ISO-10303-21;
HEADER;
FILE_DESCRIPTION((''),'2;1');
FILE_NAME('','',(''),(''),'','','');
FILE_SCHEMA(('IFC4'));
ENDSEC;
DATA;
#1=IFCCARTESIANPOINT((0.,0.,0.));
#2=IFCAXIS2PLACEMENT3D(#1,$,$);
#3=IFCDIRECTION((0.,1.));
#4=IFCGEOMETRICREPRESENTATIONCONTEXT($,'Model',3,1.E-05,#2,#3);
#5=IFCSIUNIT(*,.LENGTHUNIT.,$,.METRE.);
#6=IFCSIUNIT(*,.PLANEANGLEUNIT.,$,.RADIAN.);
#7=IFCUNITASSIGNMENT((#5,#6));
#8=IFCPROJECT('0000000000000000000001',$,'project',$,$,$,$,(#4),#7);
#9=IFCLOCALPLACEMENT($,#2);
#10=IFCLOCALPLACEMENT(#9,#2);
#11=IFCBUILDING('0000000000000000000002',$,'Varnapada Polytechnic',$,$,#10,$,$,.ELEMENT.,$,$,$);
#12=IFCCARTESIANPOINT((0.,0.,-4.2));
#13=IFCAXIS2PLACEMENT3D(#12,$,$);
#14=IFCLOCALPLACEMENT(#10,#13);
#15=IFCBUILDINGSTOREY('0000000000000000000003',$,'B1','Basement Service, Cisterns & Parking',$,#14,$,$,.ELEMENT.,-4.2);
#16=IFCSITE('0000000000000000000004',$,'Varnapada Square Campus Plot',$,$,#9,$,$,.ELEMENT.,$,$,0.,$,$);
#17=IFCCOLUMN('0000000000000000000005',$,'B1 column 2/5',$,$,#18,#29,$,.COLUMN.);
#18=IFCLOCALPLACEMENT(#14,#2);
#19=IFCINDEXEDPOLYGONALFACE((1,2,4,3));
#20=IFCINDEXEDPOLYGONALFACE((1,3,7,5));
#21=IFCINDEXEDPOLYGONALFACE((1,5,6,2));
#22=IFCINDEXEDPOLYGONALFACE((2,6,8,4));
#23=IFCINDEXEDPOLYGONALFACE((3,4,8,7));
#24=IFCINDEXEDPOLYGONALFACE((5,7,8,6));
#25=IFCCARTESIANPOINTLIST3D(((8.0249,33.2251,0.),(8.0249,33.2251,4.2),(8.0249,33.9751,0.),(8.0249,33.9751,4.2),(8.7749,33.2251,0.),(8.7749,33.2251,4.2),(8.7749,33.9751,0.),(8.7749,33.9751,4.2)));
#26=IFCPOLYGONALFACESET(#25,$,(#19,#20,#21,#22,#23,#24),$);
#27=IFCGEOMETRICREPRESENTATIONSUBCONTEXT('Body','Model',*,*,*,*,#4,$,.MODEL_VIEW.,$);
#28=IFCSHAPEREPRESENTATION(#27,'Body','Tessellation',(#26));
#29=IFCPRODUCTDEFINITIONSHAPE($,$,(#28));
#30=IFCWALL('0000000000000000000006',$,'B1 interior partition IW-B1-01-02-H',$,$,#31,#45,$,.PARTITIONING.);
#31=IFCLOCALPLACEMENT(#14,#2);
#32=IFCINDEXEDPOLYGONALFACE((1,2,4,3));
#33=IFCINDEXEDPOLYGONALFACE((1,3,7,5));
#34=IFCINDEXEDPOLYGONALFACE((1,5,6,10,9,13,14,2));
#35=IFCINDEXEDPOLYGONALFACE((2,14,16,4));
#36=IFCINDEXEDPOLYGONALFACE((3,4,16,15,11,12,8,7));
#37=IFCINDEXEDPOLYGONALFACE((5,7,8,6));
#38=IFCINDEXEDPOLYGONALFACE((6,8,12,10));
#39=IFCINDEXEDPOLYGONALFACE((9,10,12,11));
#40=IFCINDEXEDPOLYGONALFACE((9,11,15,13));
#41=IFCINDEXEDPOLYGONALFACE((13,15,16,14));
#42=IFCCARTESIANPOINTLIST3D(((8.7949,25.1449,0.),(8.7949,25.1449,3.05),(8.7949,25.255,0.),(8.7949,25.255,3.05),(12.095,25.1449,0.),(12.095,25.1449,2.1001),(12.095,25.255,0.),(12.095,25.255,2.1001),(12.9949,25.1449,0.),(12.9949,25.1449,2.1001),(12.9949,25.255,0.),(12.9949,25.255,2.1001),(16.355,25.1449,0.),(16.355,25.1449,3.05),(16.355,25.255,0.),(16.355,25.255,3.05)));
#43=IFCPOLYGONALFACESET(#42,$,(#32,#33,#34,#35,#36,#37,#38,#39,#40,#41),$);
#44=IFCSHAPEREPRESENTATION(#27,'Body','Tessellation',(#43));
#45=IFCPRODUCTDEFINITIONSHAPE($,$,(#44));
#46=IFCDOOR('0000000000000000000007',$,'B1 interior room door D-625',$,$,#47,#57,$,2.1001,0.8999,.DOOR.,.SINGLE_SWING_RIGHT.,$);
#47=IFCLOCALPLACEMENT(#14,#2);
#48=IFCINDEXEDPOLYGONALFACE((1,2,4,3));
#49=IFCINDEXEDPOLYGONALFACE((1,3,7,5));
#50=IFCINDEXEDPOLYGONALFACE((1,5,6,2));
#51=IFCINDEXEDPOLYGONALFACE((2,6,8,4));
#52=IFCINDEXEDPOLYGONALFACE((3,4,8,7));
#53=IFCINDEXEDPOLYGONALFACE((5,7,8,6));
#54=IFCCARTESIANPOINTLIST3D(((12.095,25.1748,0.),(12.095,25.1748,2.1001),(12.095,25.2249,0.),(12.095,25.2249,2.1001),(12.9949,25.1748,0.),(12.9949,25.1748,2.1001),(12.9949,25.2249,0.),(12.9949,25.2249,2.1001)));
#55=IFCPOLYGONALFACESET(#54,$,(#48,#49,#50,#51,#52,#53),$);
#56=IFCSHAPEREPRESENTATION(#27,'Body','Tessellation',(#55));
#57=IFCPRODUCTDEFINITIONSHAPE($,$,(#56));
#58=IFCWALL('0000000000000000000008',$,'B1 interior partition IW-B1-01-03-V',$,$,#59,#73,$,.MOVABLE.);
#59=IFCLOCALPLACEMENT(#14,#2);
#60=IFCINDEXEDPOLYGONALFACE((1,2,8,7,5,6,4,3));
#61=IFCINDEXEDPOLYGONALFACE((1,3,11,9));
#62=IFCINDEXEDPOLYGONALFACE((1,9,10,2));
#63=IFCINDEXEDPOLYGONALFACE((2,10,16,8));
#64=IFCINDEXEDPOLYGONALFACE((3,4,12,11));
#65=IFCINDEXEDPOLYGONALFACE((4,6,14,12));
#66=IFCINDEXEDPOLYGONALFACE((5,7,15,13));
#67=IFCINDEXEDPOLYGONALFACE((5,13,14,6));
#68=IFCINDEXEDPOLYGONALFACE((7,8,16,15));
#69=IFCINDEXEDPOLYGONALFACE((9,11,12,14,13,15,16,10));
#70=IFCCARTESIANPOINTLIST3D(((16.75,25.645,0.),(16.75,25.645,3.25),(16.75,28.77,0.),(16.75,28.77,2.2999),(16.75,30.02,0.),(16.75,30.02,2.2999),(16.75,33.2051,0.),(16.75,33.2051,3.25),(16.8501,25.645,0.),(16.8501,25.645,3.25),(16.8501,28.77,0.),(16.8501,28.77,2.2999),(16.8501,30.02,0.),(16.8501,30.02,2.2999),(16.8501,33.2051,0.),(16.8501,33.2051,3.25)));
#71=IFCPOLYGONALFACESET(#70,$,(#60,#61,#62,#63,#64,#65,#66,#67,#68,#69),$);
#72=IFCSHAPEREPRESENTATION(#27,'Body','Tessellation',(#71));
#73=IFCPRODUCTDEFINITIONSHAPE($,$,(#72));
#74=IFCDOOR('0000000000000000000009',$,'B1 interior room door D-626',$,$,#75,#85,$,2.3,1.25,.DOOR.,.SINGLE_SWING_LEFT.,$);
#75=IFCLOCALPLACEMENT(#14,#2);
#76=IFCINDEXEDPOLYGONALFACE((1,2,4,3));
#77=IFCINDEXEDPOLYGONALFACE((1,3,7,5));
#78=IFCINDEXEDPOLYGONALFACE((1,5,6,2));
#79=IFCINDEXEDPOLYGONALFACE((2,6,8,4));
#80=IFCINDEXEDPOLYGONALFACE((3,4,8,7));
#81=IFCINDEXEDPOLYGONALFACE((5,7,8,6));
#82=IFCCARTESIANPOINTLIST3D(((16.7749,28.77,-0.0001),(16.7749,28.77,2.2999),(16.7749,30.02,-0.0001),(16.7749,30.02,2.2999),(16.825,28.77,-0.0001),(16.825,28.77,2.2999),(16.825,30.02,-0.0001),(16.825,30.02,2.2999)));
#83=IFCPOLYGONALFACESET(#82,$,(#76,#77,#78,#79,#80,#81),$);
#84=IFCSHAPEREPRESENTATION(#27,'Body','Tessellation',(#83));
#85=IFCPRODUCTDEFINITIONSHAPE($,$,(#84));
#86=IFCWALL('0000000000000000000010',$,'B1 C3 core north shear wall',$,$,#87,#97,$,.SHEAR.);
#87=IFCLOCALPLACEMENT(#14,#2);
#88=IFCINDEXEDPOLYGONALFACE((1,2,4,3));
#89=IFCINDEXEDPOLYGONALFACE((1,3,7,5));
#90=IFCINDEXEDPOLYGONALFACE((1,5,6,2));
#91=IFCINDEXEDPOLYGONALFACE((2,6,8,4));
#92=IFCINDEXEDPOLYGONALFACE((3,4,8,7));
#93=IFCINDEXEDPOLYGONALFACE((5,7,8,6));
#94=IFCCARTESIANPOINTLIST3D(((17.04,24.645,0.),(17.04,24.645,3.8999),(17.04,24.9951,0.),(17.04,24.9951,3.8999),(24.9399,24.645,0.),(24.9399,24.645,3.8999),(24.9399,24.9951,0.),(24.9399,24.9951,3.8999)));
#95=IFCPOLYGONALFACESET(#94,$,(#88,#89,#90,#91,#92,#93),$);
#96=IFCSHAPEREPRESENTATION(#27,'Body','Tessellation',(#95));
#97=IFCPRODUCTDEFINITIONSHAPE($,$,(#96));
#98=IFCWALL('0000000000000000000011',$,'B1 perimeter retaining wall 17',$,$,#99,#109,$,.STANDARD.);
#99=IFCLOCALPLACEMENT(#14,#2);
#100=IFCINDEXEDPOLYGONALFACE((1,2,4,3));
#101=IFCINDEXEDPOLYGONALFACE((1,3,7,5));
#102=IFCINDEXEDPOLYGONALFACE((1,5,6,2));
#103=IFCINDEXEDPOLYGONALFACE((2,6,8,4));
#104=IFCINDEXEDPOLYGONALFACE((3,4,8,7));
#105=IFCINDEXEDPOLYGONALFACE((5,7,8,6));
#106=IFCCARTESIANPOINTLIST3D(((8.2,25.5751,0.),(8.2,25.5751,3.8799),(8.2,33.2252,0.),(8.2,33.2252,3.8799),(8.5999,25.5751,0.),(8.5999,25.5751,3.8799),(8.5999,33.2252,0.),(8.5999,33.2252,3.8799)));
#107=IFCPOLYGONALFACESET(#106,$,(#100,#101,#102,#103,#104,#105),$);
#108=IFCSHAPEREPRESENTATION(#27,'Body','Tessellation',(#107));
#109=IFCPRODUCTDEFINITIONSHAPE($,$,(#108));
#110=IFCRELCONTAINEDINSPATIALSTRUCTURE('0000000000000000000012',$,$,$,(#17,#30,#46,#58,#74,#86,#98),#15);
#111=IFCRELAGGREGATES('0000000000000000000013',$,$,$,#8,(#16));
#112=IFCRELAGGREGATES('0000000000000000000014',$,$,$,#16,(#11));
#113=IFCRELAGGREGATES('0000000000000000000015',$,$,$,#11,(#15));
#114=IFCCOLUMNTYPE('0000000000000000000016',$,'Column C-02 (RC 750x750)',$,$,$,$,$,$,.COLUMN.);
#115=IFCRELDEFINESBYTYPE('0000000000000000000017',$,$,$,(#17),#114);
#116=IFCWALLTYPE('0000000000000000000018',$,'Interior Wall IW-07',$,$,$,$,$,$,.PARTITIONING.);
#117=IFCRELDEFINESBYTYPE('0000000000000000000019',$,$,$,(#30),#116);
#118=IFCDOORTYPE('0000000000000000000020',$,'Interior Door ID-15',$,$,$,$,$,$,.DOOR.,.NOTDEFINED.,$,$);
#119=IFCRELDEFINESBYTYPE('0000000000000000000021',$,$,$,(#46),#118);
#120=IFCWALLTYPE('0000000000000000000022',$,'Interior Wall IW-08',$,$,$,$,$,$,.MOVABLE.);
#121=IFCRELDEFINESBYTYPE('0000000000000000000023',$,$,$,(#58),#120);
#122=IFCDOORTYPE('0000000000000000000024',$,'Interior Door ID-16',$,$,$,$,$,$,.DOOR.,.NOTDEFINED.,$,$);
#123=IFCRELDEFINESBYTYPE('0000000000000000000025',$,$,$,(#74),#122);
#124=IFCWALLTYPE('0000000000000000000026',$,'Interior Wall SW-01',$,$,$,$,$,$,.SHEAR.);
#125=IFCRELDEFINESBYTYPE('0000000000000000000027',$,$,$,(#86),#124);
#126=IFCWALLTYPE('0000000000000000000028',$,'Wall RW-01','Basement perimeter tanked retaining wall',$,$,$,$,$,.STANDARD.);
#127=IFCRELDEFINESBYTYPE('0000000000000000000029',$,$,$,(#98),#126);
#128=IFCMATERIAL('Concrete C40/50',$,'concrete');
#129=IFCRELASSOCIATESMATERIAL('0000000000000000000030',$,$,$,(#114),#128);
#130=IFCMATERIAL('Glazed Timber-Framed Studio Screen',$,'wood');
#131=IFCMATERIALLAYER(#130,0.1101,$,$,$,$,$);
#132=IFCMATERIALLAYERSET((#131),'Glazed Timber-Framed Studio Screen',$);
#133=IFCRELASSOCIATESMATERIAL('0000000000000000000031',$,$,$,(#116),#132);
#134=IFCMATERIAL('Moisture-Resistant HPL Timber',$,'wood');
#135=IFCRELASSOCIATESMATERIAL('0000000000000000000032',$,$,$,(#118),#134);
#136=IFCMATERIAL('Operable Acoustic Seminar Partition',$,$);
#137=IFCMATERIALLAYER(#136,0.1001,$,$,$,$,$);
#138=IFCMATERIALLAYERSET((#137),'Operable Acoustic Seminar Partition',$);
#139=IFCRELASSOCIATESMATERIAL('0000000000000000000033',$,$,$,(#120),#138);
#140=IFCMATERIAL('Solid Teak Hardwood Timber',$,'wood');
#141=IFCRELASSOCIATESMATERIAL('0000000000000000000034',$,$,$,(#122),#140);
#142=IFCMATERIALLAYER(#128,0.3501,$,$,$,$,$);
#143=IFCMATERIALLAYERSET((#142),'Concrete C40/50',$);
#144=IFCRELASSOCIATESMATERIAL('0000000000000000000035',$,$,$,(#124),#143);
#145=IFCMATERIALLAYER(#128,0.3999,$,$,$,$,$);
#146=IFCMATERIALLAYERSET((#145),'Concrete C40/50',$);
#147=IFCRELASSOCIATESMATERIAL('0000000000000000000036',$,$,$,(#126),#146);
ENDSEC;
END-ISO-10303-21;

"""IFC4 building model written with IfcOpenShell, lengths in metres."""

from ifc_helpers import new_model, si_unit, direction, frame, frame_2d, origin, origin_2d, place, context, subcontext, project, spatial, rectangle, extrude, material, layer, layer_set, material_profile, profile_set, type_object, element, fill, save


model = new_model("IFC4")

# Units and contexts
model_context = context("Model", 3, precision=1e-05, world=origin(), true_north=direction((0.0, 1.0)))
body_context = subcontext(model_context, "Body", "Model", "MODEL_VIEW")
ifc_project = project(units=[si_unit("LENGTHUNIT", "METRE"), si_unit("PLANEANGLEUNIT", "RADIAN")], contexts=[model_context])

# Site, building, storey
site_placement = place(None, origin())
site = spatial("IfcSite", under=ifc_project, at=site_placement, Name="Varnapada Square Campus Plot", CompositionType="ELEMENT", RefElevation=0.0)
building_placement = place(site_placement, origin())
building = spatial("IfcBuilding", under=site, at=building_placement, Name="Varnapada Polytechnic", CompositionType="ELEMENT")
storey_placement = place(building_placement, frame((0.0, 0.0, -4.2)))
storey = spatial("IfcBuildingStorey", under=building, at=storey_placement, Name="B1", Description="Basement Service, Cisterns & Parking", CompositionType="ELEMENT", Elevation=-4.2)

# Shared definitions
ifc_material_1 = material(Name="Concrete C40/50", Category="concrete")

# Column
ifc_material_profile_1 = material_profile(ifc_material_1, rectangle(XDim=0.75, YDim=0.75, at=origin_2d()), Name="RC 750x750")
ifc_profile_set_1 = profile_set([ifc_material_profile_1], Name="Concrete C40/50")
column_type_1 = type_object("IfcColumnType", Name="Column C-02 (RC 750x750)", PredefinedType="COLUMN", material=ifc_profile_set_1)
for number, where, z_axis, x_axis, name in (
    (1, (8.3999, 33.6001, 0.0), (0.0, 0.0, 1.0), (1.0, 0.0, 0.0), "B1 column 2/5"),
):
    element("IfcColumn", number, at=place(storey_placement, frame(where, z_axis=z_axis, x_axis=x_axis)), inside=storey, type_object=column_type_1, Name=name, PredefinedType="COLUMN", context=body_context, shape_type="SweptSolid", body=[
        extrude(rectangle(XDim=0.75, YDim=0.75, at=origin_2d()), origin(), (0.0, 0.0, 1.0), 4.2),
    ])

# Walls, openings, doors
ifc_material_2 = material(Name="Glazed Timber-Framed Studio Screen", Category="wood")
ifc_layer_1 = layer(ifc_material_2, 0.1101)
ifc_layer_set_1 = layer_set([ifc_layer_1], Name="Glazed Timber-Framed Studio Screen")
wall_type_1 = type_object("IfcWallType", Name="Interior Wall IW-07", PredefinedType="PARTITIONING", material=ifc_layer_set_1)
wall_1_placement = place(storey_placement, frame((8.7949, 25.2, 0.0), z_axis=(0.0, 0.0, 1.0), x_axis=(1.0, 0.0, 0.0)))
wall_1 = element("IfcWall", 2, at=wall_1_placement, inside=storey, type_object=wall_type_1, Name="B1 interior partition IW-B1-01-02-H", PredefinedType="PARTITIONING", context=body_context, shape_type="SweptSolid", body=[
    extrude(rectangle(XDim=7.5601, YDim=0.1101, at=frame_2d((3.78, 0.0))), origin(), (0.0, 0.0, 1.0), 3.05),
])
opening_1_placement = place(wall_1_placement, frame((3.3, 0.0, 0.0)))
opening_1 = element("IfcOpeningElement", 3, at=opening_1_placement, cuts=wall_1, PredefinedType="OPENING", context=body_context, shape_type="SweptSolid", body=[
    extrude(rectangle(XDim=0.8999, YDim=2.1001, at=frame_2d((0.45, 1.05))), frame((0.0, 0.0649, 0.0), z_axis=(0.0, -1.0, 0.0), x_axis=(1.0, 0.0, 0.0)), (0.0, 0.0, 1.0), 0.1301),
])
ifc_material_3 = material(Name="Moisture-Resistant HPL Timber", Category="wood")
door_type_1 = type_object("IfcDoorType", Name="Interior Door ID-15", OperationType="NOTDEFINED", PredefinedType="DOOR", material=ifc_material_3)
door_1_placement = place(opening_1_placement, origin())
door_1 = element("IfcDoor", 4, at=door_1_placement, inside=storey, type_object=door_type_1, Name="B1 interior room door D-625", OperationType="SINGLE_SWING_RIGHT", OverallHeight=2.1001, OverallWidth=0.8999, PredefinedType="DOOR", context=body_context, shape_type="SweptSolid", body=[
    extrude(rectangle(XDim=0.8999, YDim=2.1001, at=frame_2d((0.45, 1.05))), frame((0.0, 0.0249, 0.0), z_axis=(0.0, -1.0, 0.0), x_axis=(1.0, 0.0, 0.0)), (0.0, 0.0, 1.0), 0.05),
])
fill(opening_1, door_1)
ifc_material_4 = material(Name="Operable Acoustic Seminar Partition")
ifc_layer_2 = layer(ifc_material_4, 0.1001)
ifc_layer_set_2 = layer_set([ifc_layer_2], Name="Operable Acoustic Seminar Partition")
wall_type_2 = type_object("IfcWallType", Name="Interior Wall IW-08", PredefinedType="MOVABLE", material=ifc_layer_set_2)
wall_2_placement = place(storey_placement, frame((16.8, 25.645, 0.0), z_axis=(0.0, 0.0, 1.0), x_axis=(0.0, 1.0, 0.0)))
wall_2 = element("IfcWall", 5, at=wall_2_placement, inside=storey, type_object=wall_type_2, Name="B1 interior partition IW-B1-01-03-V", PredefinedType="MOVABLE", context=body_context, shape_type="SweptSolid", body=[
    extrude(rectangle(XDim=7.5601, YDim=0.1001, at=frame_2d((3.78, 0.0))), origin(), (0.0, 0.0, 1.0), 3.25),
])
opening_2_placement = place(wall_2_placement, frame((3.125, 0.0, 0.0)))
opening_2 = element("IfcOpeningElement", 6, at=opening_2_placement, cuts=wall_2, PredefinedType="OPENING", context=body_context, shape_type="SweptSolid", body=[
    extrude(rectangle(XDim=1.25, YDim=2.3, at=frame_2d((0.625, 1.1499))), frame((0.0, 0.0601, 0.0), z_axis=(0.0, -1.0, 0.0), x_axis=(1.0, 0.0, 0.0)), (0.0, 0.0, 1.0), 0.1201),
])
ifc_material_5 = material(Name="Solid Teak Hardwood Timber", Category="wood")
door_type_2 = type_object("IfcDoorType", Name="Interior Door ID-16", OperationType="NOTDEFINED", PredefinedType="DOOR", material=ifc_material_5)
door_2_placement = place(opening_2_placement, frame((1.25, 0.0, 0.0), z_axis=(0.0, 0.0, 1.0), x_axis=(-1.0, 0.0, 0.0)))
door_2 = element("IfcDoor", 7, at=door_2_placement, inside=storey, type_object=door_type_2, Name="B1 interior room door D-626", OperationType="SINGLE_SWING_LEFT", OverallHeight=2.3, OverallWidth=1.25, PredefinedType="DOOR", context=body_context, shape_type="SweptSolid", body=[
    extrude(rectangle(XDim=1.25, YDim=2.3, at=frame_2d((0.625, 1.1499))), frame((0.0, 0.0249, 0.0), z_axis=(0.0, -1.0, 0.0), x_axis=(1.0, 0.0, 0.0)), (0.0, 0.0, 1.0), 0.05),
])
fill(opening_2, door_2)

# Walls
ifc_layer_3 = layer(ifc_material_1, 0.3501)
ifc_layer_set_3 = layer_set([ifc_layer_3], Name="Concrete C40/50")
wall_type_3 = type_object("IfcWallType", Name="Interior Wall SW-01", PredefinedType="SHEAR", material=ifc_layer_set_3)
wall_3_placement = place(storey_placement, frame((17.04, 24.8201, 0.0), z_axis=(0.0, 0.0, 1.0), x_axis=(1.0, 0.0, 0.0)))
element("IfcWall", 8, at=wall_3_placement, inside=storey, type_object=wall_type_3, Name="B1 C3 core north shear wall", PredefinedType="SHEAR", context=body_context, shape_type="SweptSolid", body=[
    extrude(rectangle(XDim=7.8999, YDim=0.3501, at=frame_2d((3.95, 0.0))), origin(), (0.0, 0.0, 1.0), 3.8999),
])
ifc_layer_4 = layer(ifc_material_1, 0.3999)
ifc_layer_set_4 = layer_set([ifc_layer_4], Name="Concrete C40/50")
wall_type_4 = type_object("IfcWallType", Name="Wall RW-01", Description="Basement perimeter tanked retaining wall", PredefinedType="STANDARD", material=ifc_layer_set_4)
wall_4_placement = place(storey_placement, frame((8.3999, 25.575, 0.0), z_axis=(0.0, 0.0, 1.0), x_axis=(0.0, 1.0, 0.0)))
element("IfcWall", 9, at=wall_4_placement, inside=storey, type_object=wall_type_4, Name="B1 perimeter retaining wall 17", PredefinedType="STANDARD", context=body_context, shape_type="SweptSolid", body=[
    extrude(rectangle(XDim=7.6501, YDim=0.3999, at=frame_2d((3.8252, 0.0))), origin(), (0.0, 0.0, 1.0), 3.8799),
])

save(model, "model.ifc")
